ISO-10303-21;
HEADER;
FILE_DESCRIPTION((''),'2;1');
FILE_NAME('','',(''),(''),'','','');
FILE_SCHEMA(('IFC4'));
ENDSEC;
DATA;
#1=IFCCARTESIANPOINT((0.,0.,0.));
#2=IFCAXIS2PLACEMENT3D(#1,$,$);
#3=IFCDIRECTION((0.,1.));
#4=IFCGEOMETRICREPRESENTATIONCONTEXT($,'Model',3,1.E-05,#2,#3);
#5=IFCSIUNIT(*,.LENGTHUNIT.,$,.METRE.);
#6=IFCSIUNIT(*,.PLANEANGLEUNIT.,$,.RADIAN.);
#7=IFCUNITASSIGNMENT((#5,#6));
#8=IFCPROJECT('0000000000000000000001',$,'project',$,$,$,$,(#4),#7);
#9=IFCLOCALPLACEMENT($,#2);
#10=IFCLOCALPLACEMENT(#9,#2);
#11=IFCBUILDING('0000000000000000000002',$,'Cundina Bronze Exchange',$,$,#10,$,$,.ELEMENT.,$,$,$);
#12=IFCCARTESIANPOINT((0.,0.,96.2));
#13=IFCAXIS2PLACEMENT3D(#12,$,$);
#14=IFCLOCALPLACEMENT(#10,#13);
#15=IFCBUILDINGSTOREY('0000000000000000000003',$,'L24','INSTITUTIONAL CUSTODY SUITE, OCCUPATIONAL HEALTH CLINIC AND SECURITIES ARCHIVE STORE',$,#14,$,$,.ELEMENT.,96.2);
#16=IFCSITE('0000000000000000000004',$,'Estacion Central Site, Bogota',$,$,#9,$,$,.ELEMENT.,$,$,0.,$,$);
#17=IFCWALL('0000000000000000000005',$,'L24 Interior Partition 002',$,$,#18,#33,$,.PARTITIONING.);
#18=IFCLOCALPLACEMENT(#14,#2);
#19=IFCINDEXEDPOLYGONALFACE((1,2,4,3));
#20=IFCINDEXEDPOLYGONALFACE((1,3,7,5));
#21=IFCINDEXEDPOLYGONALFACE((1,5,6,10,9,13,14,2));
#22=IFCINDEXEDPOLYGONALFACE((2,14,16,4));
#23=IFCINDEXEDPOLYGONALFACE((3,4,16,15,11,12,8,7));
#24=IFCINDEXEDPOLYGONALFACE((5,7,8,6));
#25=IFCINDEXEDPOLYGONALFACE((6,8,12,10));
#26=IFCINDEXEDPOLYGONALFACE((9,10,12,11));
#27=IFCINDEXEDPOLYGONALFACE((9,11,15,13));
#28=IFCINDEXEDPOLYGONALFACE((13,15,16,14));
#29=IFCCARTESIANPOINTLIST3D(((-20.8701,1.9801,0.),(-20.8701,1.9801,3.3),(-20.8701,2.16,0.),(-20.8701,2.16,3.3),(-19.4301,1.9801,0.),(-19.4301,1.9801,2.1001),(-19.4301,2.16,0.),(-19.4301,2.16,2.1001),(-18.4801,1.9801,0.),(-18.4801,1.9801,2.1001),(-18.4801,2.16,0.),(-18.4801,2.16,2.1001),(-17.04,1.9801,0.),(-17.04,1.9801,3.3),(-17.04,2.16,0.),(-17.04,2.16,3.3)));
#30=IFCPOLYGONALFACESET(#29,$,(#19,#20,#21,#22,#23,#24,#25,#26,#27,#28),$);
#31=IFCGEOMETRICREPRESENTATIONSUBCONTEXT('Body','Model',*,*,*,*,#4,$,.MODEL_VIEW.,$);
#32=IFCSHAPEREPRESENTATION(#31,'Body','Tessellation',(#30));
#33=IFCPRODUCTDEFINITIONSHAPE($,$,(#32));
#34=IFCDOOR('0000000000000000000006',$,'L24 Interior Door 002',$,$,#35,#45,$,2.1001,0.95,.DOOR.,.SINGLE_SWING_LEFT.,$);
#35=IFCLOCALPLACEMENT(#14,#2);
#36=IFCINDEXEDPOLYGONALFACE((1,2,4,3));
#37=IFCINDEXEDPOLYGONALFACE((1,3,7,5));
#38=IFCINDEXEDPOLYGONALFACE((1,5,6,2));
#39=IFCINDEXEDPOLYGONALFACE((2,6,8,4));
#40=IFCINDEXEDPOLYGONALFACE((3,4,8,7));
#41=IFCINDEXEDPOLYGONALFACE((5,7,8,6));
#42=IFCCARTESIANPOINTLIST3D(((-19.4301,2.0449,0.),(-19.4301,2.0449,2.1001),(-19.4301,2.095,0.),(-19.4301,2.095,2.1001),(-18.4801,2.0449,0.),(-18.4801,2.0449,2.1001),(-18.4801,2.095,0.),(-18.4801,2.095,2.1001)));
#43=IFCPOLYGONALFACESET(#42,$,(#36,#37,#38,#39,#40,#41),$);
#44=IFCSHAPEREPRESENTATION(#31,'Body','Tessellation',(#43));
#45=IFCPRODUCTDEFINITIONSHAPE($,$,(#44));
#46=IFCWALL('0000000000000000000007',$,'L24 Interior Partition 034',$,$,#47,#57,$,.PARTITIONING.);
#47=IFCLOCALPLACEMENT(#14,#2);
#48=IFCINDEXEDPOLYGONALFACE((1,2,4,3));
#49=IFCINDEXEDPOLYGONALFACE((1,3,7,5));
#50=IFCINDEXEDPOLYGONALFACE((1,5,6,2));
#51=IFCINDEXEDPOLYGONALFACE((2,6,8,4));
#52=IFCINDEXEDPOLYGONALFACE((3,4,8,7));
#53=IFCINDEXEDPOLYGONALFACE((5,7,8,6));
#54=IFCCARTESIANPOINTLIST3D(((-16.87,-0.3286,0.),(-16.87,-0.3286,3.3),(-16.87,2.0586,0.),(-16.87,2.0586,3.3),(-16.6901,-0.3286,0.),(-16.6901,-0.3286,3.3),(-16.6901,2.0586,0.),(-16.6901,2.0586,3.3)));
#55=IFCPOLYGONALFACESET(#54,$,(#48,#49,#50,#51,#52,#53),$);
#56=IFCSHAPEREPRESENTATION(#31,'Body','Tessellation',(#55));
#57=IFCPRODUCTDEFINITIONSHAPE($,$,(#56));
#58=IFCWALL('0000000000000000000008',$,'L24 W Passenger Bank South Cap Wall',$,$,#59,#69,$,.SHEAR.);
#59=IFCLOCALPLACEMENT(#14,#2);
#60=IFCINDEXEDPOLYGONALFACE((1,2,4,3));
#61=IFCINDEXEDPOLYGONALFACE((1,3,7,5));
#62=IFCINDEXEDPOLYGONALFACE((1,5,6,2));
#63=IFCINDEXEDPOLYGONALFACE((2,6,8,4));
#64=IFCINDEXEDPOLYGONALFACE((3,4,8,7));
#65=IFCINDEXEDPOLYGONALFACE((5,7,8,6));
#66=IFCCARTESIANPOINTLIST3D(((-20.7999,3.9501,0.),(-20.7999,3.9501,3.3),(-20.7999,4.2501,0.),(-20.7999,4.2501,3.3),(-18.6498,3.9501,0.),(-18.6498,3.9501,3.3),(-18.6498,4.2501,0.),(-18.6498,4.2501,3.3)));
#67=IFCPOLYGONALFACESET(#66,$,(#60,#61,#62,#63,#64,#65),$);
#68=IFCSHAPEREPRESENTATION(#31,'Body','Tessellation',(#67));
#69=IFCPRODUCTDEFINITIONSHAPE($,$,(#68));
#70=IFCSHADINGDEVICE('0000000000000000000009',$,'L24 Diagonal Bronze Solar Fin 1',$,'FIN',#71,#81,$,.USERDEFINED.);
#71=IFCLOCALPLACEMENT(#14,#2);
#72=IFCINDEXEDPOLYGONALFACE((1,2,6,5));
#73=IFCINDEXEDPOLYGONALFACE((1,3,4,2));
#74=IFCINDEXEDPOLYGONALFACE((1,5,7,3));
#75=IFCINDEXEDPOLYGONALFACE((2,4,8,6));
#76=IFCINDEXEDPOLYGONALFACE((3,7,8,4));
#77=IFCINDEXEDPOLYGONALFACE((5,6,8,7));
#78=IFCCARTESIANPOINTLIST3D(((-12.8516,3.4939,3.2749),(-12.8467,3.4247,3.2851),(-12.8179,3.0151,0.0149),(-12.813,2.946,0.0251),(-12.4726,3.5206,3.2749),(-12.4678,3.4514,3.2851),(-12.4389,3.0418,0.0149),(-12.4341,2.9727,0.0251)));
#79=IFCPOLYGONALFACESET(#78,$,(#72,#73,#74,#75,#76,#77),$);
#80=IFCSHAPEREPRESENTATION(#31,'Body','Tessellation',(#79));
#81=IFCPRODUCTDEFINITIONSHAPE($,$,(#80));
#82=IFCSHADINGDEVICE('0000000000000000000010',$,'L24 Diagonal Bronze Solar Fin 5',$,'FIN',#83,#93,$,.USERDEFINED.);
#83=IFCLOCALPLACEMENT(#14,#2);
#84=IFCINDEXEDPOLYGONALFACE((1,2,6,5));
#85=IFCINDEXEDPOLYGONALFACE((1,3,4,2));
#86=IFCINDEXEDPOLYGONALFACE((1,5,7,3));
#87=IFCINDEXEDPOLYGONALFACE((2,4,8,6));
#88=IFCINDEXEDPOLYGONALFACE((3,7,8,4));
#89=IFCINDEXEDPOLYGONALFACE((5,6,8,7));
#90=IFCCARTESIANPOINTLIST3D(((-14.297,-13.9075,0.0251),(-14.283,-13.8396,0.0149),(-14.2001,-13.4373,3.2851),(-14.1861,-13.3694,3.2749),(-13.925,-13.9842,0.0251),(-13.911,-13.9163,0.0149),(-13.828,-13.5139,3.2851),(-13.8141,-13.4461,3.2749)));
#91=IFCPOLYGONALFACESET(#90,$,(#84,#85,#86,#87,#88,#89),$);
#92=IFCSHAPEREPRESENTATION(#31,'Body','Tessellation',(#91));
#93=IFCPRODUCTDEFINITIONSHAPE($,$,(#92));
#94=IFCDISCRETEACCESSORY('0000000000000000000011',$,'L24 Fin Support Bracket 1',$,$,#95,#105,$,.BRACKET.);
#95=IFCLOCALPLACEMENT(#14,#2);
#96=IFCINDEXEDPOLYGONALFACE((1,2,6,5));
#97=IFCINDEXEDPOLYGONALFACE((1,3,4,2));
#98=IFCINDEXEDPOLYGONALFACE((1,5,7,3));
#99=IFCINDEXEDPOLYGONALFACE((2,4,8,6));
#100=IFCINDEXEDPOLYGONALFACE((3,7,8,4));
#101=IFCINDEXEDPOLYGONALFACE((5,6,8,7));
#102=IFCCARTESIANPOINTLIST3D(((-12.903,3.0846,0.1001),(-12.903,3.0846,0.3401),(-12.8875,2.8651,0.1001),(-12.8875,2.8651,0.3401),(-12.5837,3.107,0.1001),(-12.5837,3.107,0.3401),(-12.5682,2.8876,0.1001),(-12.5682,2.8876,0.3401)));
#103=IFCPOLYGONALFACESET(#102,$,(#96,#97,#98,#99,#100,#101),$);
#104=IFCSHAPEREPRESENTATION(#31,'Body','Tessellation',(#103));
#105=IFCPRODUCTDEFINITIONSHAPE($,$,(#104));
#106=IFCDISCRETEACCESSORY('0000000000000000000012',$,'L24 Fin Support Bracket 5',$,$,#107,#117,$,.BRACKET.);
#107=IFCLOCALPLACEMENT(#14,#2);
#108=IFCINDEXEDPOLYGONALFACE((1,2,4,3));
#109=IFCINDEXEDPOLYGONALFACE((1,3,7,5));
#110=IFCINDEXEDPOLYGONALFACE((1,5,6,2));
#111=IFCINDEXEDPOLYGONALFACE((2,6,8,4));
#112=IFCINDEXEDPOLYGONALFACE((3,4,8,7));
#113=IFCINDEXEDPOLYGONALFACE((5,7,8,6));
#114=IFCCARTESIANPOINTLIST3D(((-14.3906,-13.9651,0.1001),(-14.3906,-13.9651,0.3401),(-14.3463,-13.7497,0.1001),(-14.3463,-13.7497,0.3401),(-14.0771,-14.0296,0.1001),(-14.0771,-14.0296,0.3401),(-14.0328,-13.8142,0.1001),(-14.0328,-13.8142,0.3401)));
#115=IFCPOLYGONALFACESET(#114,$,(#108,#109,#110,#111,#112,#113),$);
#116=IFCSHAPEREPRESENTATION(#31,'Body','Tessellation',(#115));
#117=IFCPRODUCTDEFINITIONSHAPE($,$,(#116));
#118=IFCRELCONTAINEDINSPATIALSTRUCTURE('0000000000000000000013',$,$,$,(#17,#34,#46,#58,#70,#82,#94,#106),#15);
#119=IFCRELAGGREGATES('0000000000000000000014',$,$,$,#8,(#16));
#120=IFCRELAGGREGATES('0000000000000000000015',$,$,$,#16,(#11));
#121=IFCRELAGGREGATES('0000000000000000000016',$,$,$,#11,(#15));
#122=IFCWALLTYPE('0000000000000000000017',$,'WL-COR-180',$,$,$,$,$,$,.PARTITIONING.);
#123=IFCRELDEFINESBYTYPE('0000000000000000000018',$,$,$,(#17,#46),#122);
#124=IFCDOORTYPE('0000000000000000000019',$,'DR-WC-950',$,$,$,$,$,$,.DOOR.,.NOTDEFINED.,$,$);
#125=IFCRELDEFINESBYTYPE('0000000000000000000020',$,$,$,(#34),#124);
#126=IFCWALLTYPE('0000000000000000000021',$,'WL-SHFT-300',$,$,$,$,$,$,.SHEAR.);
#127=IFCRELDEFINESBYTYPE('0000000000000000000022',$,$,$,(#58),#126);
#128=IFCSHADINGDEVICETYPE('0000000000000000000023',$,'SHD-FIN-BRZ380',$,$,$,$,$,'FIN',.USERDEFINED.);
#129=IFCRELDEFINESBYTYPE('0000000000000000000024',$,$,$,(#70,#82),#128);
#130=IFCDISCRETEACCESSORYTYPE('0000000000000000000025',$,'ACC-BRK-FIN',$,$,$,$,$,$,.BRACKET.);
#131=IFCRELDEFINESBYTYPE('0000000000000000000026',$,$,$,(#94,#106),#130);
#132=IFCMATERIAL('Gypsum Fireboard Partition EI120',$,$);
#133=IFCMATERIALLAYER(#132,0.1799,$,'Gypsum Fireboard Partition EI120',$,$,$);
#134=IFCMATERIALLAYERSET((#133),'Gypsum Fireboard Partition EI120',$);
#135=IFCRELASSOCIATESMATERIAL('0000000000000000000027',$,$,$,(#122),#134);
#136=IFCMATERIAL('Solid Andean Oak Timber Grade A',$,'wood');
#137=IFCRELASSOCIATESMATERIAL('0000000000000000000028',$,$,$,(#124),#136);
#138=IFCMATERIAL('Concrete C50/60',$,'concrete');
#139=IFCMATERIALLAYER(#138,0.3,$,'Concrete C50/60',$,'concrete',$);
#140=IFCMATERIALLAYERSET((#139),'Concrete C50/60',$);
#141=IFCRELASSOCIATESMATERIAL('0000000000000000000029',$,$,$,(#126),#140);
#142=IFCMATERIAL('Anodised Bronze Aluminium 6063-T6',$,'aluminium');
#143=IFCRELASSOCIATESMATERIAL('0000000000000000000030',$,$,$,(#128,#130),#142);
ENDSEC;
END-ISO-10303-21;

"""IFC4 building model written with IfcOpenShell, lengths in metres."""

from ifc_helpers import new_model, si_unit, direction, frame, frame_2d, origin, origin_2d, place, context, subcontext, project, spatial, rectangle, extrude, material, layer, layer_set, material_profile, profile_set, type_object, element, fill, save


model = new_model("IFC4")

# Units and contexts
model_context = context("Model", 3, precision=1e-05, world=origin(), true_north=direction((0.0, 1.0)))
body_context = subcontext(model_context, "Body", "Model", "MODEL_VIEW")
ifc_project = project(units=[si_unit("LENGTHUNIT", "METRE"), si_unit("PLANEANGLEUNIT", "RADIAN")], contexts=[model_context])

# Site, building, storey
site_placement = place(None, origin())
site = spatial("IfcSite", under=ifc_project, at=site_placement, Name="Estacion Central Site, Bogota", CompositionType="ELEMENT", RefElevation=0.0)
building_placement = place(site_placement, origin())
building = spatial("IfcBuilding", under=site, at=building_placement, Name="Cundina Bronze Exchange", CompositionType="ELEMENT")
storey_placement = place(building_placement, frame((0.0, 0.0, 96.2)))
storey = spatial("IfcBuildingStorey", under=building, at=storey_placement, Name="L24", Description="INSTITUTIONAL CUSTODY SUITE, OCCUPATIONAL HEALTH CLINIC AND SECURITIES ARCHIVE STORE", CompositionType="ELEMENT", Elevation=96.2)

# Shared definitions
ifc_material_1 = material(Name="Anodised Bronze Aluminium 6063-T6", Category="aluminium")

# Shared definitions
ifc_material_2 = material(Name="Concrete C50/60", Category="concrete")

# Shared definitions
ifc_material_3 = material(Name="Gypsum Fireboard Partition EI120")
ifc_layer_1 = layer(ifc_material_3, 0.1799, Name="Gypsum Fireboard Partition EI120")
ifc_layer_set_1 = layer_set([ifc_layer_1], Name="Gypsum Fireboard Partition EI120")
wall_type_1 = type_object("IfcWallType", Name="WL-COR-180", PredefinedType="PARTITIONING", material=ifc_layer_set_1)

# Wall, opening, door
wall_1_placement = place(storey_placement, frame((-20.8701, 2.0701, 0.0), z_axis=(0.0, 0.0, 1.0), x_axis=(1.0, 0.0, 0.0)))
wall_1 = element("IfcWall", 1, at=wall_1_placement, inside=storey, type_object=wall_type_1, Name="L24 Interior Partition 002", PredefinedType="PARTITIONING", context=body_context, shape_type="SweptSolid", body=[
    extrude(rectangle(XDim=3.8301, YDim=0.1799, at=frame_2d((1.915, 0.0))), origin(), (0.0, 0.0, 1.0), 3.3),
])
opening_placement = place(wall_1_placement, frame((1.4399, 0.0, 0.0)))
opening = element("IfcOpeningElement", 2, at=opening_placement, cuts=wall_1, PredefinedType="OPENING", context=body_context, shape_type="SweptSolid", body=[
    extrude(rectangle(XDim=0.95, YDim=2.1001, at=frame_2d((0.4751, 1.05))), frame((0.0, 0.0999, 0.0), z_axis=(0.0, -1.0, 0.0), x_axis=(1.0, 0.0, 0.0)), (0.0, 0.0, 1.0), 0.2),
])
ifc_material_4 = material(Name="Solid Andean Oak Timber Grade A", Category="wood")
door_type = type_object("IfcDoorType", Name="DR-WC-950", OperationType="NOTDEFINED", PredefinedType="DOOR", material=ifc_material_4)
door_placement = place(opening_placement, origin())
door = element("IfcDoor", 3, at=door_placement, inside=storey, type_object=door_type, Name="L24 Interior Door 002", OperationType="SINGLE_SWING_LEFT", OverallHeight=2.1001, OverallWidth=0.95, PredefinedType="DOOR", context=body_context, shape_type="SweptSolid", body=[
    extrude(rectangle(XDim=0.95, YDim=2.1001, at=frame_2d((0.4751, 1.05))), frame((0.0, 0.0249, 0.0), z_axis=(0.0, -1.0, 0.0), x_axis=(1.0, 0.0, 0.0)), (0.0, 0.0, 1.0), 0.05),
])
fill(opening, door)

# Walls
wall_2_placement = place(storey_placement, frame((-16.78, -0.3286, 0.0), z_axis=(0.0, 0.0, 1.0), x_axis=(0.0, 1.0, 0.0)))
element("IfcWall", 4, at=wall_2_placement, inside=storey, type_object=wall_type_1, Name="L24 Interior Partition 034", PredefinedType="PARTITIONING", context=body_context, shape_type="SweptSolid", body=[
    extrude(rectangle(XDim=2.3872, YDim=0.1799, at=frame_2d((1.1936, 0.0))), origin(), (0.0, 0.0, 1.0), 3.3),
])
ifc_layer_2 = layer(ifc_material_2, 0.3, Name="Concrete C50/60", Category="concrete")
ifc_layer_set_2 = layer_set([ifc_layer_2], Name="Concrete C50/60")
wall_type_2 = type_object("IfcWallType", Name="WL-SHFT-300", PredefinedType="SHEAR", material=ifc_layer_set_2)
wall_3_placement = place(storey_placement, frame((-20.8, 4.1001, 0.0), z_axis=(0.0, 0.0, 1.0), x_axis=(1.0, 0.0, 0.0)))
element("IfcWall", 5, at=wall_3_placement, inside=storey, type_object=wall_type_2, Name="L24 W Passenger Bank South Cap Wall", PredefinedType="SHEAR", context=body_context, shape_type="SweptSolid", body=[
    extrude(rectangle(XDim=2.1501, YDim=0.3, at=frame_2d((1.0752, 0.0))), origin(), (0.0, 0.0, 1.0), 3.3),
])

# Shading devices
ifc_material_profile_1 = material_profile(ifc_material_1, rectangle(XDim=0.0701, YDim=0.3799, at=origin_2d()), Name="FIN70X380", Category="aluminium")
ifc_profile_set_1 = profile_set([ifc_material_profile_1], Name="Anodised Bronze Aluminium 6063-T6")
shading_device_type = type_object("IfcShadingDeviceType", Name="SHD-FIN-BRZ380", ElementType="FIN", PredefinedType="USERDEFINED", material=ifc_profile_set_1)
for number, where, z_axis, x_axis, name in (
    (6, (-12.626, 2.9939, 0.02), (-0.010225, 0.145292, 0.989336), (0.06945, -0.986895, 0.145652), "L24 Diagonal Bronze Solar Fin 1"),
    (7, (-14.104, -13.9119, 0.02), (0.029414, 0.142698, 0.989329), (-0.199728, -0.968959, 0.145698), "L24 Diagonal Bronze Solar Fin 5"),
):
    element("IfcShadingDevice", number, at=place(storey_placement, frame(where, z_axis=z_axis, x_axis=x_axis)), inside=storey, type_object=shading_device_type, Name=name, ObjectType="FIN", PredefinedType="USERDEFINED", context=body_context, shape_type="SweptSolid", body=[
        extrude(rectangle(XDim=0.0701, YDim=0.3799, at=origin_2d()), origin(), (0.0, 0.0, 1.0), 3.2952),
    ])

# Discrete accessories
discrete_accessory_type = type_object("IfcDiscreteAccessoryType", Name="ACC-BRK-FIN", PredefinedType="BRACKET", material=ifc_material_1)
for number, where, z_axis, x_axis, name in (
    (8, (-12.7356, 2.9861, 0.1001), (0.0, 0.0, 1.0), (-0.070279, 0.997527, 0.0), "L24 Fin Support Bracket 1"),
    (9, (-14.2117, -13.8896, 0.1001), (0.0, 0.0, 1.0), (0.20142, 0.979505, 0.0), "L24 Fin Support Bracket 5"),
):
    element("IfcDiscreteAccessory", number, at=place(storey_placement, frame(where, z_axis=z_axis, x_axis=x_axis)), inside=storey, type_object=discrete_accessory_type, Name=name, PredefinedType="BRACKET", context=body_context, shape_type="SweptSolid", body=[
        extrude(rectangle(XDim=0.22, YDim=0.3201, at=origin_2d()), origin(), (0.0, 0.0, 1.0), 0.24),
    ])

save(model, "model.ifc")
